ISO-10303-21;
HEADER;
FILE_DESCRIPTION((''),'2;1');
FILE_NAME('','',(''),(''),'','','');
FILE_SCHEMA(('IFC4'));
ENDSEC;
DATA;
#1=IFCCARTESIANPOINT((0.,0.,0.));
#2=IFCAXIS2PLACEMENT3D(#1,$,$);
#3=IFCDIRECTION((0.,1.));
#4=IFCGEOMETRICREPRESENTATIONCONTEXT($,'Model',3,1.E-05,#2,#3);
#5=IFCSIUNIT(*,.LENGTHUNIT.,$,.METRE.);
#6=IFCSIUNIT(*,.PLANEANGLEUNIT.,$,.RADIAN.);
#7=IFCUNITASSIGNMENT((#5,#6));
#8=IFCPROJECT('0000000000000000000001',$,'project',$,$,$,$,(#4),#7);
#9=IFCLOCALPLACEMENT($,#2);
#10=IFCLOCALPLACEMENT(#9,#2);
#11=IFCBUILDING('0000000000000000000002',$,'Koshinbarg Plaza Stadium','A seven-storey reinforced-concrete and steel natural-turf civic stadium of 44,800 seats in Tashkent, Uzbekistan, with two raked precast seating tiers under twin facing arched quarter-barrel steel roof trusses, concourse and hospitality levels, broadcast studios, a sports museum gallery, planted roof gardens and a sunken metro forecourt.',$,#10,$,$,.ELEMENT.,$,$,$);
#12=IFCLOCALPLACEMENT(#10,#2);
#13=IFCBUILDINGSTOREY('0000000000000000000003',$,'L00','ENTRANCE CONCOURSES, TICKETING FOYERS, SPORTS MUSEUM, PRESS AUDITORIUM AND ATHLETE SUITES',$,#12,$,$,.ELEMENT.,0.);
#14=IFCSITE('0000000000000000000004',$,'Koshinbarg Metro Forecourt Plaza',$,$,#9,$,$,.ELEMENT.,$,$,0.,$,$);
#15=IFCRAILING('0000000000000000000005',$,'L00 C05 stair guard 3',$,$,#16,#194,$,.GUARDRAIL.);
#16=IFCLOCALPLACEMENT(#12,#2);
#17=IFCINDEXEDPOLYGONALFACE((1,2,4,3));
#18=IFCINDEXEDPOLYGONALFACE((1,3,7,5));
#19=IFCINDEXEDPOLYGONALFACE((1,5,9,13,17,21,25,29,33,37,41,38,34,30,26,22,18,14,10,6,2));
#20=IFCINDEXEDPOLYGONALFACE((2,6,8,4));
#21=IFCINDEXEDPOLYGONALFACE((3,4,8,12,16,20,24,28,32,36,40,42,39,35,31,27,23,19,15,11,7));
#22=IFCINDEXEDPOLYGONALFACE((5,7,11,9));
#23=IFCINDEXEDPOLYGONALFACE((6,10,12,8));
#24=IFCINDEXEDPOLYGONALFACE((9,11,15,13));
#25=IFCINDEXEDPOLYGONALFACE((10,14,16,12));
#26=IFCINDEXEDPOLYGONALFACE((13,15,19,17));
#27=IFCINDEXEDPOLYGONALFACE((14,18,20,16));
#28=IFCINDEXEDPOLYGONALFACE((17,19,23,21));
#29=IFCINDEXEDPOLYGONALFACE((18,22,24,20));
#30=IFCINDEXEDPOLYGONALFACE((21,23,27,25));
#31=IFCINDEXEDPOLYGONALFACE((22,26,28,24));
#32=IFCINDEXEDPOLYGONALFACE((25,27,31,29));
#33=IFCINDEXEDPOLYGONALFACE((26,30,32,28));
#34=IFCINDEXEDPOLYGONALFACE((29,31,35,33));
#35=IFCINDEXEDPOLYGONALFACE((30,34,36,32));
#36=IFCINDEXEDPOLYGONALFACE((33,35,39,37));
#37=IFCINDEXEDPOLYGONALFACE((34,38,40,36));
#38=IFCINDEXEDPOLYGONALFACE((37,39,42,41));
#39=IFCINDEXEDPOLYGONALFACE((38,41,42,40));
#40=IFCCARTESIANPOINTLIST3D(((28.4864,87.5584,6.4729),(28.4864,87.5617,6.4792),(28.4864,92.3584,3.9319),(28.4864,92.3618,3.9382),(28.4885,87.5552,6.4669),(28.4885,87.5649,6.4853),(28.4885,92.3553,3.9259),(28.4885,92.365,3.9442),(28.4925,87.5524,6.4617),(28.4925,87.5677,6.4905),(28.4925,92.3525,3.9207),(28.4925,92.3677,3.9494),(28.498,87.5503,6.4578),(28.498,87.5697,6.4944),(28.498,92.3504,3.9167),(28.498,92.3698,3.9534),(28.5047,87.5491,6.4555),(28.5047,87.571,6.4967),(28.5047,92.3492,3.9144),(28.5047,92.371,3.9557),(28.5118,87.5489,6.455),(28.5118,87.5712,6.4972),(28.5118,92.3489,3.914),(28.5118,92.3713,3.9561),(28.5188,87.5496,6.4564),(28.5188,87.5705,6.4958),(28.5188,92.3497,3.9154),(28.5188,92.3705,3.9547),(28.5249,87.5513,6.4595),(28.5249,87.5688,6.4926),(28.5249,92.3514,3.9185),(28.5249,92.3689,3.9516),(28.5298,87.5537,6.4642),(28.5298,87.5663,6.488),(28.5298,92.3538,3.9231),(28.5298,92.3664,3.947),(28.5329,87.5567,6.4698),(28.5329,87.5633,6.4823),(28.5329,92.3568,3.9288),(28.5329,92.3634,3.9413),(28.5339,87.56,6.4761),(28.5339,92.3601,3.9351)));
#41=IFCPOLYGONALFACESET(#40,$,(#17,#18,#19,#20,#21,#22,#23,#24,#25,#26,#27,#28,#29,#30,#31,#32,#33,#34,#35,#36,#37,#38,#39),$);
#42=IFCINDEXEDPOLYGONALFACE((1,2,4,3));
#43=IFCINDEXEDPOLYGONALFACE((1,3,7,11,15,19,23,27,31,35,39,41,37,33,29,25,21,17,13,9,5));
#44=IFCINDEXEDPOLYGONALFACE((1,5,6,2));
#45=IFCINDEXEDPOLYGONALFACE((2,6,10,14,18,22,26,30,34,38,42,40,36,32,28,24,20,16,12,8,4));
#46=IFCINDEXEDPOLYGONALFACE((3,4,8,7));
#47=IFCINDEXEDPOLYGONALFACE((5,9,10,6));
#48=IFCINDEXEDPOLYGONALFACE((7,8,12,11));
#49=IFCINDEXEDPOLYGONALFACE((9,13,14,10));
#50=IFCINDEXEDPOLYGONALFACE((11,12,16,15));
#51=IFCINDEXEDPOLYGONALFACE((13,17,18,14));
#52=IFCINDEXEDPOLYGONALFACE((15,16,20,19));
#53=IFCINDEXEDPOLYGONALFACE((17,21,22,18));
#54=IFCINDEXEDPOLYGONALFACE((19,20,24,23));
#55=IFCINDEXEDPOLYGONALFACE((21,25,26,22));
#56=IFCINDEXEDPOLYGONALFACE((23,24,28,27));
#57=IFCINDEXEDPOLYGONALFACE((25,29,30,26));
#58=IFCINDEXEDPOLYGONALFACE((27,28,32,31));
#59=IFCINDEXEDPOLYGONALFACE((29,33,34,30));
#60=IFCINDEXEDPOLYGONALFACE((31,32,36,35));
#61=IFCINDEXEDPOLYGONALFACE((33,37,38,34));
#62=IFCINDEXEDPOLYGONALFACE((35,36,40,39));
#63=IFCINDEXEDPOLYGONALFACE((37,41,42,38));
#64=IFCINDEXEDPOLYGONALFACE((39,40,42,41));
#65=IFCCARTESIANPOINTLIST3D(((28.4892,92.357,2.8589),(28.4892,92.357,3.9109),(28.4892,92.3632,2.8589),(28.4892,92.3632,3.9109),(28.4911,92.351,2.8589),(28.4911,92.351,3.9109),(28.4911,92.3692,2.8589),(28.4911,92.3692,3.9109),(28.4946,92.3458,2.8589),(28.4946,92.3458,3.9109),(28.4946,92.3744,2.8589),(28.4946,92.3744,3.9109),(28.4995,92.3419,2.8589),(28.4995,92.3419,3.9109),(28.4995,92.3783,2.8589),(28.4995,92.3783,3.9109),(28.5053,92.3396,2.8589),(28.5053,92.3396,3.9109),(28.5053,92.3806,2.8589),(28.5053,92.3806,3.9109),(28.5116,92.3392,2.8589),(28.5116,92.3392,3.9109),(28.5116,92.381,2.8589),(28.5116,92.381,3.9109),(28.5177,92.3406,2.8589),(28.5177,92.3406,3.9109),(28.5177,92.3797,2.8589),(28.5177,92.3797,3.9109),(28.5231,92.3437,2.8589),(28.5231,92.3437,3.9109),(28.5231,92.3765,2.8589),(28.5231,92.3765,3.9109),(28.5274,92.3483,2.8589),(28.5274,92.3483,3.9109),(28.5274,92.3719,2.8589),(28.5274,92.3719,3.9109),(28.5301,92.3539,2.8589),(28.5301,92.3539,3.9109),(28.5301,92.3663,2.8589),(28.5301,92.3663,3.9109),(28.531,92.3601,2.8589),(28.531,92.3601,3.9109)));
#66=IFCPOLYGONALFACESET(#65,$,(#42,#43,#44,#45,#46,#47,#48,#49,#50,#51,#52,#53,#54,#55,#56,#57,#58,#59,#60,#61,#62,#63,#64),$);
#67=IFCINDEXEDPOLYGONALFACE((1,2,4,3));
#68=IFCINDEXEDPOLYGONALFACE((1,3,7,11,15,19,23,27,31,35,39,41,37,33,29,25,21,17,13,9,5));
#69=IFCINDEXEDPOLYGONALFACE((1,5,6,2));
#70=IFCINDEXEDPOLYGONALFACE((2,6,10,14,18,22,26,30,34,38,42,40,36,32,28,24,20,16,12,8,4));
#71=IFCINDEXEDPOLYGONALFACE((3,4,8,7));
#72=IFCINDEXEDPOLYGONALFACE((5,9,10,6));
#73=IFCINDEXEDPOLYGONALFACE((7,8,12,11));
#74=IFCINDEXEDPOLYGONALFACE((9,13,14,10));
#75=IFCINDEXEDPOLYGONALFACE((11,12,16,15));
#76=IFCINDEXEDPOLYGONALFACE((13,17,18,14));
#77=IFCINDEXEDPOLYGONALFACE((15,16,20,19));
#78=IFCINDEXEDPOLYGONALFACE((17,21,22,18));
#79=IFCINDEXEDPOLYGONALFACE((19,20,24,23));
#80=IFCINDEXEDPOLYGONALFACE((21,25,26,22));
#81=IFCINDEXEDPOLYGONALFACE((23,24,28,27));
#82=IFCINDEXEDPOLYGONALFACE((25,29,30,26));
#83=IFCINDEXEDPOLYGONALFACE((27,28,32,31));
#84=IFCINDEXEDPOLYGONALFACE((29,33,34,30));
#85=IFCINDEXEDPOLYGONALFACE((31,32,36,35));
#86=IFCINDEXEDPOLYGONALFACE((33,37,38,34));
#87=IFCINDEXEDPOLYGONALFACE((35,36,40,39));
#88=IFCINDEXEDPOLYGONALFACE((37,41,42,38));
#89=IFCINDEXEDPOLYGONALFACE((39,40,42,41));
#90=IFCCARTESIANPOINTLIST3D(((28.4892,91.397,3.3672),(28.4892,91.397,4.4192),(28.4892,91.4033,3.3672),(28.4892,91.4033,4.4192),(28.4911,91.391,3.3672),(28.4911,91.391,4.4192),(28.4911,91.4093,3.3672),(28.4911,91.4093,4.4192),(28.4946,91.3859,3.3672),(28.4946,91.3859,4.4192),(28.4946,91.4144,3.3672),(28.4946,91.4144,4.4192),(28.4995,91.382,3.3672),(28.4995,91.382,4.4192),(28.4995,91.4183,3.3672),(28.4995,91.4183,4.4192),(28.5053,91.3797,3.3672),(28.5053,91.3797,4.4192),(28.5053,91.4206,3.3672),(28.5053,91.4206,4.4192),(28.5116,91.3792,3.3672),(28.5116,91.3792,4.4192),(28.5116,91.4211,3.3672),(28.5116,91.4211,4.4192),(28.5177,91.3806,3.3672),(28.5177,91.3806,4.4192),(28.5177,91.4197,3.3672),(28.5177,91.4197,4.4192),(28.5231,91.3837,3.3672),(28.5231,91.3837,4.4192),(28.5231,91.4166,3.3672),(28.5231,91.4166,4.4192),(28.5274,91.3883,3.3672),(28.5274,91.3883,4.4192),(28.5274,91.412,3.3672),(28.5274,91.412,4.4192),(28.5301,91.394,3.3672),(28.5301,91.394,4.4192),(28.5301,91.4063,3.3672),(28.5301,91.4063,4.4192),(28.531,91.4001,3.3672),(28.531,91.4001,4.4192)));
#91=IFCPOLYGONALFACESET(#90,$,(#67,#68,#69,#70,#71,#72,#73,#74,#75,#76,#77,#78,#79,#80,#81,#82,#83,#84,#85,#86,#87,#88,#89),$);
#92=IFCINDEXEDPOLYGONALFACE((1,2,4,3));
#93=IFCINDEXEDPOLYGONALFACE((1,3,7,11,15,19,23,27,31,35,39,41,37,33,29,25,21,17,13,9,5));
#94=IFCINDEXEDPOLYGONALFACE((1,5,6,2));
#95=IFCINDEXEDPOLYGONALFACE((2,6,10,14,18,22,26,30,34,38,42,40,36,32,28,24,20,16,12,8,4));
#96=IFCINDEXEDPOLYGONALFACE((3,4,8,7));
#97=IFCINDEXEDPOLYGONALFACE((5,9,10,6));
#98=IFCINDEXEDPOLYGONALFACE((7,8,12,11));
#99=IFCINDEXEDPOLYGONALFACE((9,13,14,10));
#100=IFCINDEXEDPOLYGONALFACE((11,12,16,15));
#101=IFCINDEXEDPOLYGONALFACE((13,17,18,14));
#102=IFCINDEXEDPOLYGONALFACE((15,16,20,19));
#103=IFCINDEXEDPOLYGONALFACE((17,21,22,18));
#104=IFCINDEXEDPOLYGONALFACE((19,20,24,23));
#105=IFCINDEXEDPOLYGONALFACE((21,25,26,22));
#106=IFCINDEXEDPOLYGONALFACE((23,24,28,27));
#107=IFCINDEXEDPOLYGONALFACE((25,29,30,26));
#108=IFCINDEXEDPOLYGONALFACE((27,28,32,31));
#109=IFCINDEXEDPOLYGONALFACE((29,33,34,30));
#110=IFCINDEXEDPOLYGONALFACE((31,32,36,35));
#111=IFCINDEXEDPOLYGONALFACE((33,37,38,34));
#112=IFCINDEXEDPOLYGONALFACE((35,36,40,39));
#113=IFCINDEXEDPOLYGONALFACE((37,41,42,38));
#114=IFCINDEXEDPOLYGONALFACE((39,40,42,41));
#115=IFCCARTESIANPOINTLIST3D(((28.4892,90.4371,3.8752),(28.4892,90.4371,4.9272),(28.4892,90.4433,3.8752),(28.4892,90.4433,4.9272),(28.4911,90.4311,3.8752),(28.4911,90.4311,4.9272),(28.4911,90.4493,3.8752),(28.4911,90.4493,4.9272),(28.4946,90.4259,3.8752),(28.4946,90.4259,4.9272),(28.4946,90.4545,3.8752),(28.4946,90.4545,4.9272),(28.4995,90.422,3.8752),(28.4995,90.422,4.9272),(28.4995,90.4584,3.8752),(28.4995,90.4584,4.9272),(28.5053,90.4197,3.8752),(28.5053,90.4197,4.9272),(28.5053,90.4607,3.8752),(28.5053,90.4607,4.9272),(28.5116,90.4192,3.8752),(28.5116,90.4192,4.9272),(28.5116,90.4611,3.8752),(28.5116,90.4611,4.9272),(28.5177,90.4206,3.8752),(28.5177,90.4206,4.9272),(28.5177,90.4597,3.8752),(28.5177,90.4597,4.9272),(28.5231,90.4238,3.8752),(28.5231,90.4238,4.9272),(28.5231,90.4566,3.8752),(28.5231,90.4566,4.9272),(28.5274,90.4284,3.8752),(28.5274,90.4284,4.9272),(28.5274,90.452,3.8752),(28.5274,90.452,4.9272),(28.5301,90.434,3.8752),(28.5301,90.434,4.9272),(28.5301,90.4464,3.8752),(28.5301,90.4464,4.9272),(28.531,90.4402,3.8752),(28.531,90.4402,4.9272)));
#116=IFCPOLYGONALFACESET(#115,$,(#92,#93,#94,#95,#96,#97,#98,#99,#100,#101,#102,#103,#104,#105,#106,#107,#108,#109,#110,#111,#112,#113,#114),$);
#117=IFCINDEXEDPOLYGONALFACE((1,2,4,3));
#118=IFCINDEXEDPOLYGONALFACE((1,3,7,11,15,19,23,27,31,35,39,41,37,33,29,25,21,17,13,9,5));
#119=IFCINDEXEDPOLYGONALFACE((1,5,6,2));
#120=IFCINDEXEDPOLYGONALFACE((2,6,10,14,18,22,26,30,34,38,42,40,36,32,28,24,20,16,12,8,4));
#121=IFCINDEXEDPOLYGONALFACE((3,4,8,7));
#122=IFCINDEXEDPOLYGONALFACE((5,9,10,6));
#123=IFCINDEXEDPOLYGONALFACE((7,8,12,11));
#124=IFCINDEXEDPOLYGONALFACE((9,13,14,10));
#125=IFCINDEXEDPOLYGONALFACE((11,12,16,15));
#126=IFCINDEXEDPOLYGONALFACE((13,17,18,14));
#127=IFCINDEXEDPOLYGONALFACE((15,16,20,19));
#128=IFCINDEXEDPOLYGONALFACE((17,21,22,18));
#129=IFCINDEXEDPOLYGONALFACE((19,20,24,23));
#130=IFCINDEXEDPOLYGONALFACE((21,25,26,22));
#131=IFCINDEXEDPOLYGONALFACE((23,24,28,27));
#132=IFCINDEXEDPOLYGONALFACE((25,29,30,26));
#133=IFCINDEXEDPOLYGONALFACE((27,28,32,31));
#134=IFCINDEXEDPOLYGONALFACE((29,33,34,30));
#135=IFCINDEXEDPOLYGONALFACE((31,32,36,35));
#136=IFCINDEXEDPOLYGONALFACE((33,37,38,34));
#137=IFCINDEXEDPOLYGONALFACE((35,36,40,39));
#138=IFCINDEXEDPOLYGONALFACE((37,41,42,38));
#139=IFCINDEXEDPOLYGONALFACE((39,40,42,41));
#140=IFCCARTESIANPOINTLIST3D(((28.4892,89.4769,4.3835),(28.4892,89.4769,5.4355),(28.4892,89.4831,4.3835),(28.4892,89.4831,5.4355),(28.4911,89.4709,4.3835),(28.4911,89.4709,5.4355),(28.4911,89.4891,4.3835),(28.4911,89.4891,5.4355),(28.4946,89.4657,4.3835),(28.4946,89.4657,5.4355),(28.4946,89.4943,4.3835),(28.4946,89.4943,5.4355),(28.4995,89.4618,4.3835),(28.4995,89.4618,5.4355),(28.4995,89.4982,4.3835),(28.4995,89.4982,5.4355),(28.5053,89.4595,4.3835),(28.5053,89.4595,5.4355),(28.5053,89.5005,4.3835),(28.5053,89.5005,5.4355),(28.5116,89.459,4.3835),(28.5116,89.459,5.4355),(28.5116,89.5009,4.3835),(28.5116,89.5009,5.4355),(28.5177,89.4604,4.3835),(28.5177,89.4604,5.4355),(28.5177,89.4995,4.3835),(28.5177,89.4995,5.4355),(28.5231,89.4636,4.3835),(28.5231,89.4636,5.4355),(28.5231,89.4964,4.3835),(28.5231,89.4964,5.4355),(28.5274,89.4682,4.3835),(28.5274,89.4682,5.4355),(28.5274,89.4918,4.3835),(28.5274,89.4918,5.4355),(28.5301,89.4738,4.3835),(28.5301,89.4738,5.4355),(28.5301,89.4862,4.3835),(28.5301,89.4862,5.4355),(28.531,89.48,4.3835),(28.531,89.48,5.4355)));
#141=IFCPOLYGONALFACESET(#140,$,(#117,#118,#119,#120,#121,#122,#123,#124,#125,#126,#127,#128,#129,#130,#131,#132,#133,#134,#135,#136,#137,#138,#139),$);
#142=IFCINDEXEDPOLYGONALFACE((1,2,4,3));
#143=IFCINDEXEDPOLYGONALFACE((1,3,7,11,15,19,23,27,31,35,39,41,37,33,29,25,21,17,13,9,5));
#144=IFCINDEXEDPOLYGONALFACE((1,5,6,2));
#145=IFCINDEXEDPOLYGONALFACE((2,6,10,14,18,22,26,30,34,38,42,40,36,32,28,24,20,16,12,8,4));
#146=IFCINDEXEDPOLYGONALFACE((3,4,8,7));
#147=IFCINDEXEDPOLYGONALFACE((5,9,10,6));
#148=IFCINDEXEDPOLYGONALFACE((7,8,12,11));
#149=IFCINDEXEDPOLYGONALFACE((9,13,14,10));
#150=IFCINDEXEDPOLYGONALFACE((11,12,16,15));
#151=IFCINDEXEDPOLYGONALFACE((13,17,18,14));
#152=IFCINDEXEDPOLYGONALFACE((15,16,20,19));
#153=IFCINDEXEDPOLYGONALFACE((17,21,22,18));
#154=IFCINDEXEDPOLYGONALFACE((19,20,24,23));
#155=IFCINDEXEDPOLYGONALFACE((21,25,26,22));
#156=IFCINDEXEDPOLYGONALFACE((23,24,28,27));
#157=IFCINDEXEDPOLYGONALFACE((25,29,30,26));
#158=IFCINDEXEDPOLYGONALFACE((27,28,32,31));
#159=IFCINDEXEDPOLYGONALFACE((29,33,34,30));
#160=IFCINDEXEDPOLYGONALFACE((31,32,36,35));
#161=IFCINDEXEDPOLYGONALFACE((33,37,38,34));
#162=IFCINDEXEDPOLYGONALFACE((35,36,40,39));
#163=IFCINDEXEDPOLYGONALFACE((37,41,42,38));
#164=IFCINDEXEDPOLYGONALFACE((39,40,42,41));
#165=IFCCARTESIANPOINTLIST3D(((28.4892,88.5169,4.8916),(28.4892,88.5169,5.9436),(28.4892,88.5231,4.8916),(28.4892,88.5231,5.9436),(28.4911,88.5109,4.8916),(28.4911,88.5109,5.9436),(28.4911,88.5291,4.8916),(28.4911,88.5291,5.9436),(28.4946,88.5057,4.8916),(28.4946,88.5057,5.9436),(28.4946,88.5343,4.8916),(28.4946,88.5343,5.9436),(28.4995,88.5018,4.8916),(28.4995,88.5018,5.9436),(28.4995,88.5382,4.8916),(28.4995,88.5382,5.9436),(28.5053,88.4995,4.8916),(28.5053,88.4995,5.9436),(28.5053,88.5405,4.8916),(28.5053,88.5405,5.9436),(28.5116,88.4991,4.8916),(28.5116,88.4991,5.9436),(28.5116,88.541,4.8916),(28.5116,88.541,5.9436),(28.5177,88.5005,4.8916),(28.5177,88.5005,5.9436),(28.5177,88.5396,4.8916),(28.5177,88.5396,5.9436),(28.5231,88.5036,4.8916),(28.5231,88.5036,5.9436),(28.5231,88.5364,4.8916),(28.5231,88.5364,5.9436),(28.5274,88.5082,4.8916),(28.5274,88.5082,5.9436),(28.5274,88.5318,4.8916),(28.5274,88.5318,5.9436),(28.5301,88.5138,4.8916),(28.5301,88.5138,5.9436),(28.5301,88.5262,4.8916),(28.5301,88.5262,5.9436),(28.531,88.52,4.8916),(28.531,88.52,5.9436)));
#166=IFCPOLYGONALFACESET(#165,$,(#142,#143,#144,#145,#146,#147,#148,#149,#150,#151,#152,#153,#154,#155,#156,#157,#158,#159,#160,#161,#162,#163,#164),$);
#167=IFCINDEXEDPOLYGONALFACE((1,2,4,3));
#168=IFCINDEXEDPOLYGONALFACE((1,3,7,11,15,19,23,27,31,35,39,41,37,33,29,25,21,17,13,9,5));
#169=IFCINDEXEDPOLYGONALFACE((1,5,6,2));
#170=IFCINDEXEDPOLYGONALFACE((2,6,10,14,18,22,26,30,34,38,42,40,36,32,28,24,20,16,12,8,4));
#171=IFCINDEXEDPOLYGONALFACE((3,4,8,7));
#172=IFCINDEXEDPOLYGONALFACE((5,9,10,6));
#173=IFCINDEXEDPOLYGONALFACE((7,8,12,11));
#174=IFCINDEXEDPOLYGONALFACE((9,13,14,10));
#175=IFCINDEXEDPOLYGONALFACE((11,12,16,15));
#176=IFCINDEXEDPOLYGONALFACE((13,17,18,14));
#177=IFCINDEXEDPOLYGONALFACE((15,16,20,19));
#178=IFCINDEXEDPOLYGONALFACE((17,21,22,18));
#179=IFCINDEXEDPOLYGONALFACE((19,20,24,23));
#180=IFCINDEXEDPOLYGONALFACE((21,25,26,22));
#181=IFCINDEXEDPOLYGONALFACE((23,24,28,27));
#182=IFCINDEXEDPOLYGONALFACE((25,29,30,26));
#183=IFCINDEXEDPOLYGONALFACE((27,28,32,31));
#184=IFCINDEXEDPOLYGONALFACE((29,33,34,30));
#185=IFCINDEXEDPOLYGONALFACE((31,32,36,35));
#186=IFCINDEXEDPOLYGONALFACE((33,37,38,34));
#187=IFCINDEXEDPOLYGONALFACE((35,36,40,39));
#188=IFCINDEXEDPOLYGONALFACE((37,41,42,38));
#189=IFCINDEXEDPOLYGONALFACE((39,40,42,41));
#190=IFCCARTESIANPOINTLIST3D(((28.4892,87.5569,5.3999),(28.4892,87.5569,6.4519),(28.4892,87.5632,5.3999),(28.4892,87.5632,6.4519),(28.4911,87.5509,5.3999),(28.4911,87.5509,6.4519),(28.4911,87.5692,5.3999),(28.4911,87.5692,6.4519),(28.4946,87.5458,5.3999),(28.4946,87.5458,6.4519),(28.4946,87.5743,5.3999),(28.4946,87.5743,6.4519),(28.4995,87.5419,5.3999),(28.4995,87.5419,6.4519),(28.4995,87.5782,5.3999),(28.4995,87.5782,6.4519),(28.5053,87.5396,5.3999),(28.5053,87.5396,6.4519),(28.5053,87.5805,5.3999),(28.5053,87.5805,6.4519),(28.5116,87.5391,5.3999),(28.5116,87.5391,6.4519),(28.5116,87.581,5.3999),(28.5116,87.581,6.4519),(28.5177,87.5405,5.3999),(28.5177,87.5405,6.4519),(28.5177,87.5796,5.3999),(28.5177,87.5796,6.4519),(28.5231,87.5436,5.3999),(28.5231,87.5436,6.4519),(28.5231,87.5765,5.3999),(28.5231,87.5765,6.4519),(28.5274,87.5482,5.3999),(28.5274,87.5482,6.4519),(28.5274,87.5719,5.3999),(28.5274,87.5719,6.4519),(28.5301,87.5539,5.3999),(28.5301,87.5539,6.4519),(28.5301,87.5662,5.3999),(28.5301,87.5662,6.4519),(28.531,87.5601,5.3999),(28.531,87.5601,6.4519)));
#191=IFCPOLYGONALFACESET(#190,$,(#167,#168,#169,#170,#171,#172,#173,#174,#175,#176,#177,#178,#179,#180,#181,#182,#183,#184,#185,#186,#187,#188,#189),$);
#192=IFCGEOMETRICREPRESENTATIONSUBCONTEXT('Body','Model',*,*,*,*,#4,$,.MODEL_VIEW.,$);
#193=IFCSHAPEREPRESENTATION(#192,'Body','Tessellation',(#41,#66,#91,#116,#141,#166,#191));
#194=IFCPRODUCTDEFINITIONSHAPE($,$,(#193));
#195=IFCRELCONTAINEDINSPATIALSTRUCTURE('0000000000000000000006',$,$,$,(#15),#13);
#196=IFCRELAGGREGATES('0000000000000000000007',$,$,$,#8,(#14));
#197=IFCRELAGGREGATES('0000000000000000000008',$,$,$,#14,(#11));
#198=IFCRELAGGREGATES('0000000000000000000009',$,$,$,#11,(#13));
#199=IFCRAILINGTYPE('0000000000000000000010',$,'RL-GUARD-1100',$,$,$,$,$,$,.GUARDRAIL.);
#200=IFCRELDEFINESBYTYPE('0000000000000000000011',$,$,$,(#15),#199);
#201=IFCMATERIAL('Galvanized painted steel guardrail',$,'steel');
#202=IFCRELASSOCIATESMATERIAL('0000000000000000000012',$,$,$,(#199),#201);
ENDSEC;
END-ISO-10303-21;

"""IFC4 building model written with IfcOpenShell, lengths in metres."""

from ifc_helpers import new_model, si_unit, direction, frame, origin, origin_2d, place, context, subcontext, project, spatial, circle, extrude, material, type_object, element, save


model = new_model("IFC4")

# Units and contexts
model_context = context("Model", 3, precision=1e-05, world=origin(), true_north=direction((0.0, 1.0)))
body_context = subcontext(model_context, "Body", "Model", "MODEL_VIEW")
ifc_project = project(units=[si_unit("LENGTHUNIT", "METRE"), si_unit("PLANEANGLEUNIT", "RADIAN")], contexts=[model_context])

# Site, building, storey
site_placement = place(None, origin())
site = spatial("IfcSite", under=ifc_project, at=site_placement, Name="Koshinbarg Metro Forecourt Plaza", CompositionType="ELEMENT", RefElevation=0.0)
building_placement = place(site_placement, origin())
building = spatial("IfcBuilding", under=site, at=building_placement, Name="Koshinbarg Plaza Stadium", Description="A seven-storey reinforced-concrete and steel natural-turf civic stadium of 44,800 seats in Tashkent, Uzbekistan, with two raked precast seating tiers under twin facing arched quarter-barrel steel roof trusses, concourse and hospitality levels, broadcast studios, a sports museum gallery, planted roof gardens and a sunken metro forecourt.", CompositionType="ELEMENT")
storey_placement = place(building_placement, origin())
storey = spatial("IfcBuildingStorey", under=building, at=storey_placement, Name="L00", Description="ENTRANCE CONCOURSES, TICKETING FOYERS, SPORTS MUSEUM, PRESS AUDITORIUM AND ATHLETE SUITES", CompositionType="ELEMENT", Elevation=0.0)

# Railing
ifc_material_1 = material(Name="Galvanized painted steel guardrail", Category="steel")
railing_type_1 = type_object("IfcRailingType", Name="RL-GUARD-1100", PredefinedType="GUARDRAIL", material=ifc_material_1)
railing_1_placement = place(storey_placement, frame((28.51, 92.3601, 2.8589)))
element("IfcRailing", 1, at=railing_1_placement, inside=storey, type_object=railing_type_1, Name="L00 C05 stair guard 3", PredefinedType="GUARDRAIL", context=body_context, shape_type="SweptSolid", body=[
    extrude(circle(Radius=0.0239, at=origin_2d()), frame((0.0, 0.0, 1.0762), z_axis=(0.0, -0.883802, 0.467861), x_axis=(1.0, 0.0, 0.0)), (0.0, 0.0, 1.0), 5.4312),
    extrude(circle(Radius=0.021, at=origin_2d()), origin(), (0.0, 0.0, 1.0), 1.052),
    extrude(circle(Radius=0.021, at=origin_2d()), frame((0.0, -0.96, 0.5083)), (0.0, 0.0, 1.0), 1.052),
    extrude(circle(Radius=0.021, at=origin_2d()), frame((0.0, -1.9199, 1.0164)), (0.0, 0.0, 1.0), 1.052),
    extrude(circle(Radius=0.021, at=origin_2d()), frame((0.0, -2.8801, 1.5247)), (0.0, 0.0, 1.0), 1.052),
    extrude(circle(Radius=0.021, at=origin_2d()), frame((0.0, -3.8401, 2.0327)), (0.0, 0.0, 1.0), 1.052),
    extrude(circle(Radius=0.021, at=origin_2d()), frame((0.0, -4.8, 2.541)), (0.0, 0.0, 1.0), 1.052),
])

save(model, "model.ifc")
